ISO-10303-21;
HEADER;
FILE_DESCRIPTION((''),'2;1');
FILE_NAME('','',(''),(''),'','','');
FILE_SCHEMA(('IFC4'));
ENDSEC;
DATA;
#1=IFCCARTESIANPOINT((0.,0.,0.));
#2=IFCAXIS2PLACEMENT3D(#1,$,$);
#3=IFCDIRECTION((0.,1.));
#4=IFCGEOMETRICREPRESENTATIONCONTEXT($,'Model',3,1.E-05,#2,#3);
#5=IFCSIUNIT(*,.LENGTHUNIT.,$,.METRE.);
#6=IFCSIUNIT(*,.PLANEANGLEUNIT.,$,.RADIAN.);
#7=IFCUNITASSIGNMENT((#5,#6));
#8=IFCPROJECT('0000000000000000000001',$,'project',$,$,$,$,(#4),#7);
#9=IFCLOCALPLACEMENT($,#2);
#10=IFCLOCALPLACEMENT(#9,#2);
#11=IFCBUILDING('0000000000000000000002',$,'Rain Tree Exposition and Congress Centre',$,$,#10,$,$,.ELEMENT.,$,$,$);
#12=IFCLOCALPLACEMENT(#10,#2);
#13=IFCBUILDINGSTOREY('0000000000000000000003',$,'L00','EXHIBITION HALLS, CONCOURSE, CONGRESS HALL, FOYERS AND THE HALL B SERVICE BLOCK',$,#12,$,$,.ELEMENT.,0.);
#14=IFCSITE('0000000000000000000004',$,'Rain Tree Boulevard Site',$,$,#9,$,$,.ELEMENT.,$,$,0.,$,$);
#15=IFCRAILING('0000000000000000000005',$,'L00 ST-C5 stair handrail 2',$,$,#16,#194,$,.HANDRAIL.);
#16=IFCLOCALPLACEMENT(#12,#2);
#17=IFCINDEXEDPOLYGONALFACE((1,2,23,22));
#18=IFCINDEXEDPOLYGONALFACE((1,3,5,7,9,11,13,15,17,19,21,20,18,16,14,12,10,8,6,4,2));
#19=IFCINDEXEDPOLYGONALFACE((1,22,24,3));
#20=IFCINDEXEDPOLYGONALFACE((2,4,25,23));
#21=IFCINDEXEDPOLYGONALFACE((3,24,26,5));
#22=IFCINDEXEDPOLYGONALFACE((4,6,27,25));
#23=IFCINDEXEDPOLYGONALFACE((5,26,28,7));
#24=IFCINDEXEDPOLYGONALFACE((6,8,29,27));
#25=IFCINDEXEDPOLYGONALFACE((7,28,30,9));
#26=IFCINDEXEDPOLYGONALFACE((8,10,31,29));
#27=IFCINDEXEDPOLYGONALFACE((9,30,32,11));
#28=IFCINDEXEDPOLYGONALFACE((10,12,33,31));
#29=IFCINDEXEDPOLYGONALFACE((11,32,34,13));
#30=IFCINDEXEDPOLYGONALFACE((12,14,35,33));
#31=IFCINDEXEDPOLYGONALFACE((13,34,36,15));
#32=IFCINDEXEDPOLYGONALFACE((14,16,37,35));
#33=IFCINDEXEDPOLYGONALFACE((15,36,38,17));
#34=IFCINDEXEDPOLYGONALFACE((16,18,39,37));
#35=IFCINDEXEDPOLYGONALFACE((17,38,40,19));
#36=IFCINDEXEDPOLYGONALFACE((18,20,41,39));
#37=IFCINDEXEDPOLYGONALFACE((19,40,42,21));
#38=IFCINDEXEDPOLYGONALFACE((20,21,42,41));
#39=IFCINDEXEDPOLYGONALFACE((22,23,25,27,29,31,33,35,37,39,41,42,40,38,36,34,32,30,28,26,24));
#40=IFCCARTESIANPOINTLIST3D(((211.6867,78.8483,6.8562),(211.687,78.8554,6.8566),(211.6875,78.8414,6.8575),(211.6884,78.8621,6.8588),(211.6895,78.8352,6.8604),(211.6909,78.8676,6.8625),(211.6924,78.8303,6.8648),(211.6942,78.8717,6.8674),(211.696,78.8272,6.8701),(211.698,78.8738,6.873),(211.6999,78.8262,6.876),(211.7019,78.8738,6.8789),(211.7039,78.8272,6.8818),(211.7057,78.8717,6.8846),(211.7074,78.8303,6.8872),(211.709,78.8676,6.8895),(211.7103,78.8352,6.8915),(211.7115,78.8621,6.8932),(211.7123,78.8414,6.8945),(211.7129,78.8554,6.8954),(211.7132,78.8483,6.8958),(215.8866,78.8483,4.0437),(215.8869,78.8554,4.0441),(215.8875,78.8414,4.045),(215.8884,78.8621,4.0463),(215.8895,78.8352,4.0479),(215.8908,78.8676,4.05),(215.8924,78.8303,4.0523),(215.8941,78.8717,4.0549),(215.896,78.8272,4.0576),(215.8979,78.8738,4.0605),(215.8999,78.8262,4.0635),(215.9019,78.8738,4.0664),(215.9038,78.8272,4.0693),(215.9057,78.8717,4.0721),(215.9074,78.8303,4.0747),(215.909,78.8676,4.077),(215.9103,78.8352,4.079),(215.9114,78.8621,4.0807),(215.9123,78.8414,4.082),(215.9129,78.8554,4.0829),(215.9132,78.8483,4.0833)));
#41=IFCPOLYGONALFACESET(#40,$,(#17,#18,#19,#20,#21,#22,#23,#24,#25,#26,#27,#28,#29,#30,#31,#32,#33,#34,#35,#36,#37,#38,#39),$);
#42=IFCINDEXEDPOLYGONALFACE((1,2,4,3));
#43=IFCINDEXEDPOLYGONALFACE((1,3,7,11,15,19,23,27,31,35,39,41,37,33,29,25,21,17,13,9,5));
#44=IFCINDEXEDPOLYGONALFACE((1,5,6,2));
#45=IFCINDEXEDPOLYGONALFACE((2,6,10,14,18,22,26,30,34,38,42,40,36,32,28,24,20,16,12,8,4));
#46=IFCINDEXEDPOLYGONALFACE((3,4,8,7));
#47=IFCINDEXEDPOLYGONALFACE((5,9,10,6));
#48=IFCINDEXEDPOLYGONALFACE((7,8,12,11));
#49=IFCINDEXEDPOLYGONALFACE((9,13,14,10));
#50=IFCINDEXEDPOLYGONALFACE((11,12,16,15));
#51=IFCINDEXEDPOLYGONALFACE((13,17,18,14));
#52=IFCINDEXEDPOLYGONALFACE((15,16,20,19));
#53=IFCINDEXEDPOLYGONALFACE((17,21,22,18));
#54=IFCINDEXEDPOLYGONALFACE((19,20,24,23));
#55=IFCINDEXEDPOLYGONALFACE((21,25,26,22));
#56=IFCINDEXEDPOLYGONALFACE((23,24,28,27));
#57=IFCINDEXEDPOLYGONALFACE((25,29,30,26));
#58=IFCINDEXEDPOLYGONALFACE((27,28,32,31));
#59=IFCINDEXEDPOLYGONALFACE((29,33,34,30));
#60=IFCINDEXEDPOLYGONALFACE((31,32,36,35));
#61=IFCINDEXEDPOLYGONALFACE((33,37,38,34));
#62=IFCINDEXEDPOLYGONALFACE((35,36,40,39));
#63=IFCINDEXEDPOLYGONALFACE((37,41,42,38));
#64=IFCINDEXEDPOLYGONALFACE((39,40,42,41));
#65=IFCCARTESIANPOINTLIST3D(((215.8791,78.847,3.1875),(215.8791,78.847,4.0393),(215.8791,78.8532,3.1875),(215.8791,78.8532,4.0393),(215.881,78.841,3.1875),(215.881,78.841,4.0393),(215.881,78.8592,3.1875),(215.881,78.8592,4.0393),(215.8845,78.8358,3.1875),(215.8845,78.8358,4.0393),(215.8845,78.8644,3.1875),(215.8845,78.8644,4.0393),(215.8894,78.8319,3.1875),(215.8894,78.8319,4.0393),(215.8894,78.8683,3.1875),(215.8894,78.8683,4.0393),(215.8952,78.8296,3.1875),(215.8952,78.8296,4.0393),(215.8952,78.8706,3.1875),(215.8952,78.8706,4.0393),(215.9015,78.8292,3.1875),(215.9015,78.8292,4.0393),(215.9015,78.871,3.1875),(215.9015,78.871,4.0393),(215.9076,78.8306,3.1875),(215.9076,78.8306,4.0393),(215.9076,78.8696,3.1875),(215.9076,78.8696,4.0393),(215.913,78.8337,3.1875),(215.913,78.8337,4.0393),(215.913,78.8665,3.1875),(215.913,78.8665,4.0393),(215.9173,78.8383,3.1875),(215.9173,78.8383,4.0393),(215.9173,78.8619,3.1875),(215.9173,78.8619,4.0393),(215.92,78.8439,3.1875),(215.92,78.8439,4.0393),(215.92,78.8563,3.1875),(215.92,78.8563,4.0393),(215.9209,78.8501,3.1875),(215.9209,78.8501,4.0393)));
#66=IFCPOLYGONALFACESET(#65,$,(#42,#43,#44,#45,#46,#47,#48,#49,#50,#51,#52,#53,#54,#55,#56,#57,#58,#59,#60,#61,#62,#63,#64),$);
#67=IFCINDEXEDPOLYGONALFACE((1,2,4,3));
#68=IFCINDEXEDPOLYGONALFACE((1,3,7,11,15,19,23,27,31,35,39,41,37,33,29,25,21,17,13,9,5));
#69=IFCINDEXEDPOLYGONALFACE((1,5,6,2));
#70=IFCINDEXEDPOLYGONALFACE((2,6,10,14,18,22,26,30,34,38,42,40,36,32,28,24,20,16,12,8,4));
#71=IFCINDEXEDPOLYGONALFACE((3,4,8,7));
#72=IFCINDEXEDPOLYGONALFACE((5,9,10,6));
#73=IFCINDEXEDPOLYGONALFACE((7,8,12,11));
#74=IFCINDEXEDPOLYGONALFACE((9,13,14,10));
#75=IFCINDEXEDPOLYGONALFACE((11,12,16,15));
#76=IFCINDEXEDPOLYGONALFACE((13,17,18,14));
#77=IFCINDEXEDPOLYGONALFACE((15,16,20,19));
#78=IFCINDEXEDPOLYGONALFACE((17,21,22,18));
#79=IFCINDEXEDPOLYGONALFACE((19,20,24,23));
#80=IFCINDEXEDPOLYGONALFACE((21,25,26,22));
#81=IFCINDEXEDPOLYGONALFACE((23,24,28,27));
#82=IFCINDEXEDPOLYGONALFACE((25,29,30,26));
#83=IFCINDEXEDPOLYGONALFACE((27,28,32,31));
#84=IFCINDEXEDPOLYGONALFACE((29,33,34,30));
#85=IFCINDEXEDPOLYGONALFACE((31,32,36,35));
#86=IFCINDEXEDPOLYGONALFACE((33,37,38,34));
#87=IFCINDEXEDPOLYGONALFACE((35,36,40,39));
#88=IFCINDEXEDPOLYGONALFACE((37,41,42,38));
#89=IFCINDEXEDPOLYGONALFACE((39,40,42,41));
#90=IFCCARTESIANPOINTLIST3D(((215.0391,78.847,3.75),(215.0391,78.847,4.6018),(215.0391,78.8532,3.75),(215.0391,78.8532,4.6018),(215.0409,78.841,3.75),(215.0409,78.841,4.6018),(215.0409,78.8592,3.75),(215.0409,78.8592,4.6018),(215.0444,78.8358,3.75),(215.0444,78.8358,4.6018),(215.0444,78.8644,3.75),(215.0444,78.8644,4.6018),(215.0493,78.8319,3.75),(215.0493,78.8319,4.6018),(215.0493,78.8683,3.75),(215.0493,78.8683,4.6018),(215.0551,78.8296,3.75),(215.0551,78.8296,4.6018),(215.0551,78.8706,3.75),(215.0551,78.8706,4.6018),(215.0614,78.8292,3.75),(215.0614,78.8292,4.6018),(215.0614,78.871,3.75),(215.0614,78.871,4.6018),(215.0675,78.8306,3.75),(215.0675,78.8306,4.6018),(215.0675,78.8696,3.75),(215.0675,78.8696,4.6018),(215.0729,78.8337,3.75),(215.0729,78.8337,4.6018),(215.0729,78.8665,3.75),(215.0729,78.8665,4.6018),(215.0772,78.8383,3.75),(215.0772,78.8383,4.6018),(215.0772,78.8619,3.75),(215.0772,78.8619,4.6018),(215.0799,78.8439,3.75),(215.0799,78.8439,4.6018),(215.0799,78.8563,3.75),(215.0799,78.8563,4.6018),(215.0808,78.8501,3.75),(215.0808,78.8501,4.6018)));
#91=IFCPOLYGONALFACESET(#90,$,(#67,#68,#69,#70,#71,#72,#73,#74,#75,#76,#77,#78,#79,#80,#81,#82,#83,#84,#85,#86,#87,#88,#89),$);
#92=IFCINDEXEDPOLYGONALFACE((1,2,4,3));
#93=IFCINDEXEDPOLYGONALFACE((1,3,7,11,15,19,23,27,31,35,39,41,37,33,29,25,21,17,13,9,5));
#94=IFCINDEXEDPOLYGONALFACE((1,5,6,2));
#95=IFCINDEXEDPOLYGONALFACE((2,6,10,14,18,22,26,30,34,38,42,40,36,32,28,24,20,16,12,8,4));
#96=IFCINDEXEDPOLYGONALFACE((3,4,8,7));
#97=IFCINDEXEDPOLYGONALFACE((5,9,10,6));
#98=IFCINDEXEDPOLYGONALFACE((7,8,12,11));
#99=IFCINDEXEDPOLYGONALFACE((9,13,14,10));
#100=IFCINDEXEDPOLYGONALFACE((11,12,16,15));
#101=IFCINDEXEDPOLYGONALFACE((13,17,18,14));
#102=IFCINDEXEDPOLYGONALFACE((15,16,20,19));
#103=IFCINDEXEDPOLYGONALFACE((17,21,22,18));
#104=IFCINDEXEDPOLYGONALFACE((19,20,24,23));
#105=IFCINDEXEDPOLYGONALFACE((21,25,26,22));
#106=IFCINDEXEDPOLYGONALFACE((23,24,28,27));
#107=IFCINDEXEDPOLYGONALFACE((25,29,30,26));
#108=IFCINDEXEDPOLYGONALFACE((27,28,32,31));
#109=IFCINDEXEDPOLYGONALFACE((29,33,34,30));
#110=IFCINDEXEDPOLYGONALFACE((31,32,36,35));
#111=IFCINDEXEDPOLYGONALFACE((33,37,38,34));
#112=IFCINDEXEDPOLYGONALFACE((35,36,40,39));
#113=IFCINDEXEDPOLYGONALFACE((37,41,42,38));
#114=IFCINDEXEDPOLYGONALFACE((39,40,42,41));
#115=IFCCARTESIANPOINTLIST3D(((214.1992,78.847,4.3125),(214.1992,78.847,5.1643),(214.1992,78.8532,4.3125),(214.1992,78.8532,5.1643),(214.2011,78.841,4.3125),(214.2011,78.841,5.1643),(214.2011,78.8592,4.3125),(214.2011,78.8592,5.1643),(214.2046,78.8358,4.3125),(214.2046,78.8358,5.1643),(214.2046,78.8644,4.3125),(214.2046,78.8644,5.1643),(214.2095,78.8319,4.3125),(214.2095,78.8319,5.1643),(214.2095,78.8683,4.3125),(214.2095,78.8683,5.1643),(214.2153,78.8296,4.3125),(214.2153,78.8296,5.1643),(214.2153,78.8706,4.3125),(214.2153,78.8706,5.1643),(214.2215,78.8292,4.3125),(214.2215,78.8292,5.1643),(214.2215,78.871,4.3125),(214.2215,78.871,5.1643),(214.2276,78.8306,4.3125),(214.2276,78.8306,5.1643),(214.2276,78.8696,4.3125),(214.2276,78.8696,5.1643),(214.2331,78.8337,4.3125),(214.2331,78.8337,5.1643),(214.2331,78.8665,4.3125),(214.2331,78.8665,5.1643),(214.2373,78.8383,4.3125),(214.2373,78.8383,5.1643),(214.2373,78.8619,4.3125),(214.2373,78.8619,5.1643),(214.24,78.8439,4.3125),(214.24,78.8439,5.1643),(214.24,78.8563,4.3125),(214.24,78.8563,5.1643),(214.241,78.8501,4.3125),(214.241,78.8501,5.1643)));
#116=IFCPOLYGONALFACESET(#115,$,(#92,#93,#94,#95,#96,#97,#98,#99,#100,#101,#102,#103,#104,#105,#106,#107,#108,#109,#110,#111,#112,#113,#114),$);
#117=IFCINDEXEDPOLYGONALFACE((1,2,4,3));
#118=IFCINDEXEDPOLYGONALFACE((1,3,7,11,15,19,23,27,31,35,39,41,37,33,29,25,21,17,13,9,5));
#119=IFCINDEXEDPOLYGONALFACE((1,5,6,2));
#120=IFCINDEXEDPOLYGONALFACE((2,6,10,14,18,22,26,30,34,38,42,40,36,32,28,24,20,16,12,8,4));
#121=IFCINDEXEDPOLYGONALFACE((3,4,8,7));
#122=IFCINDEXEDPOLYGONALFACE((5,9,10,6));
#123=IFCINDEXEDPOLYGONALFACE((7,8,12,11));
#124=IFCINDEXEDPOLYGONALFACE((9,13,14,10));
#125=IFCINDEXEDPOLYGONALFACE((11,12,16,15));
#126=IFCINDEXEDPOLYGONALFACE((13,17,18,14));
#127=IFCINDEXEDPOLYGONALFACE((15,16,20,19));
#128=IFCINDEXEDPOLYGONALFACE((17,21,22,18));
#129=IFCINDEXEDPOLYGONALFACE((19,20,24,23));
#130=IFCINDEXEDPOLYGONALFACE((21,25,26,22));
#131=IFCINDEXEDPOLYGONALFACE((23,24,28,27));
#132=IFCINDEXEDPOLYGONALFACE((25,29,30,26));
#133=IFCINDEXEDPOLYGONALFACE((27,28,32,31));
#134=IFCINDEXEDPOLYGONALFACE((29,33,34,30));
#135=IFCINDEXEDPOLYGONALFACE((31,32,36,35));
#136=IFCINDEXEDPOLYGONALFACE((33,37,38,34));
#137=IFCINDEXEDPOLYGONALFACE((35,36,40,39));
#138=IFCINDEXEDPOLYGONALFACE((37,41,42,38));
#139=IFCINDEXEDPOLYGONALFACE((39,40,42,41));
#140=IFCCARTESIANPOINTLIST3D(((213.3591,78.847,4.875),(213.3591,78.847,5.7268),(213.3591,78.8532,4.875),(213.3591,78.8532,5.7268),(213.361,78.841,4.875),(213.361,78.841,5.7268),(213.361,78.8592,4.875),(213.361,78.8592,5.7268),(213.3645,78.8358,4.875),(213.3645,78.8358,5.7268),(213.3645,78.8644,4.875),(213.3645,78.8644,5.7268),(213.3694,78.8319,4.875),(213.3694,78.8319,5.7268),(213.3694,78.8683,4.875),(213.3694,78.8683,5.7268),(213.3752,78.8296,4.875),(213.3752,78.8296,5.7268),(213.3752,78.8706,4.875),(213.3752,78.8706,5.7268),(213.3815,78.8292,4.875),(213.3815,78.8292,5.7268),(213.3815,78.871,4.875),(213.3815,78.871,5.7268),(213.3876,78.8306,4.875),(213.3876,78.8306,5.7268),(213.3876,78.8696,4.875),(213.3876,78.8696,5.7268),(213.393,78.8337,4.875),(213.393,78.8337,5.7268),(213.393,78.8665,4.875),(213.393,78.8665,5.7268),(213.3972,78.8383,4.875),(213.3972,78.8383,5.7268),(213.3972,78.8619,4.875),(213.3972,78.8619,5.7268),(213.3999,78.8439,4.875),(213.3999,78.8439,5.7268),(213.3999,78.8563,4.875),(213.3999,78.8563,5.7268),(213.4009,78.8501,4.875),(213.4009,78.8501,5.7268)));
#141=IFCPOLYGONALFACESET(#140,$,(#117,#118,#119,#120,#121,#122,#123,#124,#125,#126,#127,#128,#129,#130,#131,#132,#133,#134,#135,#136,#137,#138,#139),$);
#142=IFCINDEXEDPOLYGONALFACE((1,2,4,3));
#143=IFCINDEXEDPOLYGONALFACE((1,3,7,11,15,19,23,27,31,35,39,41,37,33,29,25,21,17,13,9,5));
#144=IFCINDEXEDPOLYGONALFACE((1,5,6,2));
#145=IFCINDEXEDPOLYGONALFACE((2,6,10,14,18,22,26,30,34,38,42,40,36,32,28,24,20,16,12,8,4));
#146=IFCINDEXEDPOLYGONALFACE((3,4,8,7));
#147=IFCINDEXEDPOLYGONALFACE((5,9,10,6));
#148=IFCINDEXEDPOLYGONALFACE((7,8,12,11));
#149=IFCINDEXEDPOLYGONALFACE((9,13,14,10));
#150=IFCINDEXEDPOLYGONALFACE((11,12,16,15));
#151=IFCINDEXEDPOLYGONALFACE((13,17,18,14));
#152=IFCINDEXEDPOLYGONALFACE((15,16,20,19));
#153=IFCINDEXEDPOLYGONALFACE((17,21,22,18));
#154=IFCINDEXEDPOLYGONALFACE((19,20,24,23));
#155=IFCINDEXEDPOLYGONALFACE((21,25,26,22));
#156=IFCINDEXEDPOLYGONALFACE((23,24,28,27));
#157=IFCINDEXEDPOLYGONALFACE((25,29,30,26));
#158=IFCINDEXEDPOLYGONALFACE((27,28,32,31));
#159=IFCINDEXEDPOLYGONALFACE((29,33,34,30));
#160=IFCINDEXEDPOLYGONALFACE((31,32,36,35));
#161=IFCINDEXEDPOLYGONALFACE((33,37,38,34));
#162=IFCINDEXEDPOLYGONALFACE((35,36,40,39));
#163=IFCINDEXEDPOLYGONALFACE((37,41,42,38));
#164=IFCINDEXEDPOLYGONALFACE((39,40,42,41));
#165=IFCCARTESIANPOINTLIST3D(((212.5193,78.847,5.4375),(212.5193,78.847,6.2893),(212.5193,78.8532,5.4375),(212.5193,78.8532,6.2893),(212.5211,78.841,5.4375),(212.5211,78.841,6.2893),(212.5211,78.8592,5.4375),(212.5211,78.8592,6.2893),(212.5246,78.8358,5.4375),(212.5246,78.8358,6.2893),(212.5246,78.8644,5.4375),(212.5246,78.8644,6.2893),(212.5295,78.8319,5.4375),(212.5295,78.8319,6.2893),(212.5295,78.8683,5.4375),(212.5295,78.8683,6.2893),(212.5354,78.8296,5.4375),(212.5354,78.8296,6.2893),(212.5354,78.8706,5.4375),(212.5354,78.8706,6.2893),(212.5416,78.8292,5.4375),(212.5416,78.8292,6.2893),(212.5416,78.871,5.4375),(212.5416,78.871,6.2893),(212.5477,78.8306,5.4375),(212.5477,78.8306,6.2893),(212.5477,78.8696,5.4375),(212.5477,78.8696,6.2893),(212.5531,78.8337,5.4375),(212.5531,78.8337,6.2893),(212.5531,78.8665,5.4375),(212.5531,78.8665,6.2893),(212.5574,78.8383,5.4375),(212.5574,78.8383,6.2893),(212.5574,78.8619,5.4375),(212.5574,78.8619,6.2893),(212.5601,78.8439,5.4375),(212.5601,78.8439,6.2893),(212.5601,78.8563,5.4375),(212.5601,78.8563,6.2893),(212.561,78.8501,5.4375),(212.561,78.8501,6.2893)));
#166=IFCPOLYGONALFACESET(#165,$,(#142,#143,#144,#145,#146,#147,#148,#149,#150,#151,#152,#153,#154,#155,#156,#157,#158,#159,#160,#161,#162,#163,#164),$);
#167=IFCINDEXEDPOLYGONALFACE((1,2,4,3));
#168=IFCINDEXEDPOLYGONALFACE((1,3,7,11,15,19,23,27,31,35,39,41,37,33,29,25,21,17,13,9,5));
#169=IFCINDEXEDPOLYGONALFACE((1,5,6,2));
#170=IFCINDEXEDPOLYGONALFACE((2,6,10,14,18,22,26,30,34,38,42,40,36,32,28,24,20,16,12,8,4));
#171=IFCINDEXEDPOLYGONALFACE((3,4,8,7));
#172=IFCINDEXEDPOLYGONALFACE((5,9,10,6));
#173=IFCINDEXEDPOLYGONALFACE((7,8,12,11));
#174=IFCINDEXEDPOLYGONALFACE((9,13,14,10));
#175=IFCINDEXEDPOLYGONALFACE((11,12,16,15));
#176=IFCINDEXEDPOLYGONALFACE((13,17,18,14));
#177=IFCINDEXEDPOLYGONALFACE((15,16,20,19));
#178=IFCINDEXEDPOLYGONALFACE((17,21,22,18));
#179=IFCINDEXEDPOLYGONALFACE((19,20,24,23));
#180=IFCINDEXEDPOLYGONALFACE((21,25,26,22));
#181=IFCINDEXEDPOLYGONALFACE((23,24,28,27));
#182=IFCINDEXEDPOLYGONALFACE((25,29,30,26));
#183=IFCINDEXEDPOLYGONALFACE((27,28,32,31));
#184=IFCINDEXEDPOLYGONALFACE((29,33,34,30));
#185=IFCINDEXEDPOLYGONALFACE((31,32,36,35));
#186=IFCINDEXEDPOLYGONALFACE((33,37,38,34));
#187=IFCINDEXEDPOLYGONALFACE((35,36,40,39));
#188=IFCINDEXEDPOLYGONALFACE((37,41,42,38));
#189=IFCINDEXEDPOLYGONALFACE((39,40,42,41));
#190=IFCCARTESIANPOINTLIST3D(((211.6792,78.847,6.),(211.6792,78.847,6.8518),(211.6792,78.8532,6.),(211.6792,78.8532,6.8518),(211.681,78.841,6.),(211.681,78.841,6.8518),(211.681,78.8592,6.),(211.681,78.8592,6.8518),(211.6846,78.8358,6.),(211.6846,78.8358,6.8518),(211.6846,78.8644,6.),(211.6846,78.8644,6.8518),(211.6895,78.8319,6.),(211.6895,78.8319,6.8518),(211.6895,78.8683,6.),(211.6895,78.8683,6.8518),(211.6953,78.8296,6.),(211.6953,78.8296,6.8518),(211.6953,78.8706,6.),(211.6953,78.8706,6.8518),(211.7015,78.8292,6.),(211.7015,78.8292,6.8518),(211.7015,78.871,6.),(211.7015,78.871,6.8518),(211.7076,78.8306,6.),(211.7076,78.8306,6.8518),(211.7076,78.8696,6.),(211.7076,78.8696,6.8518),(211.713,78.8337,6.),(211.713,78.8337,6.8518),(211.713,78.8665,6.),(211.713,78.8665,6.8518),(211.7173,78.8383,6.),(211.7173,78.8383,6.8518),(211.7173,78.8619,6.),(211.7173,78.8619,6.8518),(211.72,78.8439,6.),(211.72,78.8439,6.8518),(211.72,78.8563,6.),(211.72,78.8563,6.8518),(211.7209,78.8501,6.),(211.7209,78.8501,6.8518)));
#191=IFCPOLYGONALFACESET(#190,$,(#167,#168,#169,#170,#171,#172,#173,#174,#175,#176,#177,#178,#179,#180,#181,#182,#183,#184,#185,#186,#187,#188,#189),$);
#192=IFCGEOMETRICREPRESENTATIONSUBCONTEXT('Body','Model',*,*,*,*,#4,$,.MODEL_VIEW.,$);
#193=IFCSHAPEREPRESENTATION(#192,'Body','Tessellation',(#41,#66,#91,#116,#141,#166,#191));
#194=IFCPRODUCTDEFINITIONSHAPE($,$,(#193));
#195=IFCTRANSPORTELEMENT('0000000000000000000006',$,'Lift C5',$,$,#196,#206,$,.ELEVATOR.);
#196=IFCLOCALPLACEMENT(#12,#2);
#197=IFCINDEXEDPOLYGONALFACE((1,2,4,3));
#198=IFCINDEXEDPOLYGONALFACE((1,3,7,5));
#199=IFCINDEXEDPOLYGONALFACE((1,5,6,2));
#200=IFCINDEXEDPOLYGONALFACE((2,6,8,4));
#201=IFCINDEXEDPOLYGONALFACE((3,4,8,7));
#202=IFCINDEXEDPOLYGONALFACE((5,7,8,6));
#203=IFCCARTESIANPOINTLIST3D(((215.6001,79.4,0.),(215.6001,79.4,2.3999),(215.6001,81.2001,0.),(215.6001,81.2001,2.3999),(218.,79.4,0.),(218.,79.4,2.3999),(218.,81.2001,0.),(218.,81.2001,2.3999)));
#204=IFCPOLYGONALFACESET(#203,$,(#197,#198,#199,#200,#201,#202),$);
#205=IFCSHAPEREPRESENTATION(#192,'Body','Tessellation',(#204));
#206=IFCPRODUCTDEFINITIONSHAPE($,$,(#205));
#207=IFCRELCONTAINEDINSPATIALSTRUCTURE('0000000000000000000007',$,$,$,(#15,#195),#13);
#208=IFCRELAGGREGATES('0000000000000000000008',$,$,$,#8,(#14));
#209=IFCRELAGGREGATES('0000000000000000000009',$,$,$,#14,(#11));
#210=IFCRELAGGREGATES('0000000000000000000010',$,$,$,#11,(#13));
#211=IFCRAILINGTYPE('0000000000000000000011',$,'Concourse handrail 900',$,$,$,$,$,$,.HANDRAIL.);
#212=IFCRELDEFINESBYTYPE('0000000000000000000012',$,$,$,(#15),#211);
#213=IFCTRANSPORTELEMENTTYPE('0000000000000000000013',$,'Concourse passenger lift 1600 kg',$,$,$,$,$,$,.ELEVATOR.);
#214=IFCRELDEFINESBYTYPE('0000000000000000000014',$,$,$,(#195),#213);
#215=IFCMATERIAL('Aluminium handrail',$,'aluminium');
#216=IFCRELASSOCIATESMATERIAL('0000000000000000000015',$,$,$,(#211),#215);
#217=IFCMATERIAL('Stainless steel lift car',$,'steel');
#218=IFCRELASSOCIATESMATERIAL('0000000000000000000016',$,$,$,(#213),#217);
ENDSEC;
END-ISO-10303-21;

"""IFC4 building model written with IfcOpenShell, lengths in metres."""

from ifc_helpers import new_model, si_unit, direction, frame, origin, origin_2d, place, context, subcontext, project, spatial, rectangle, circle, extrude, material, type_object, element, save


model = new_model("IFC4")

# Units and contexts
model_context = context("Model", 3, precision=1e-05, world=origin(), true_north=direction((0.0, 1.0)))
body_context = subcontext(model_context, "Body", "Model", "MODEL_VIEW")
ifc_project = project(units=[si_unit("LENGTHUNIT", "METRE"), si_unit("PLANEANGLEUNIT", "RADIAN")], contexts=[model_context])

# Site, building, storey
site_placement = place(None, origin())
site = spatial("IfcSite", under=ifc_project, at=site_placement, Name="Rain Tree Boulevard Site", CompositionType="ELEMENT", RefElevation=0.0)
building_placement = place(site_placement, origin())
building = spatial("IfcBuilding", under=site, at=building_placement, Name="Rain Tree Exposition and Congress Centre", CompositionType="ELEMENT")
storey_placement = place(building_placement, origin())
storey = spatial("IfcBuildingStorey", under=building, at=storey_placement, Name="L00", Description="EXHIBITION HALLS, CONCOURSE, CONGRESS HALL, FOYERS AND THE HALL B SERVICE BLOCK", CompositionType="ELEMENT", Elevation=0.0)

# Railing
ifc_material_1 = material(Name="Aluminium handrail", Category="aluminium")
railing_type_1 = type_object("IfcRailingType", Name="Concourse handrail 900", PredefinedType="HANDRAIL", material=ifc_material_1)
railing_1_placement = place(storey_placement, frame((215.8999, 78.8501, 3.1875)))
element("IfcRailing", 1, at=railing_1_placement, inside=storey, type_object=railing_type_1, Name="L00 ST-C5 stair handrail 2", PredefinedType="HANDRAIL", context=body_context, shape_type="SweptSolid", body=[
    extrude(circle(Radius=0.0239, at=origin_2d()), frame((0.0, 0.0, 0.876), z_axis=(-0.830904, 0.0, 0.556416), x_axis=(0.0, -1.0, 0.0)), (0.0, 0.0, 1.0), 5.0547),
    extrude(circle(Radius=0.021, at=origin_2d()), origin(), (0.0, 0.0, 1.0), 0.8518),
    extrude(circle(Radius=0.021, at=origin_2d()), frame((-0.8401, 0.0, 0.5625)), (0.0, 0.0, 1.0), 0.8518),
    extrude(circle(Radius=0.021, at=origin_2d()), frame((-1.6799, 0.0, 1.125)), (0.0, 0.0, 1.0), 0.8518),
    extrude(circle(Radius=0.021, at=origin_2d()), frame((-2.52, 0.0, 1.6875)), (0.0, 0.0, 1.0), 0.8518),
    extrude(circle(Radius=0.021, at=origin_2d()), frame((-3.3599, 0.0, 2.25)), (0.0, 0.0, 1.0), 0.8518),
    extrude(circle(Radius=0.021, at=origin_2d()), frame((-4.2, 0.0, 2.8125)), (0.0, 0.0, 1.0), 0.8518),
])

# Transport element
ifc_material_2 = material(Name="Stainless steel lift car", Category="steel")
transport_element_type = type_object("IfcTransportElementType", Name="Concourse passenger lift 1600 kg", PredefinedType="ELEVATOR", material=ifc_material_2)
transport_element_placement = place(storey_placement, frame((216.8, 80.3, 0.0), z_axis=(0.0, 0.0, 1.0), x_axis=(1.0, 0.0, 0.0)))
element("IfcTransportElement", 2, at=transport_element_placement, inside=storey, type_object=transport_element_type, Name="Lift C5", PredefinedType="ELEVATOR", context=body_context, shape_type="SweptSolid", body=[
    extrude(rectangle(XDim=2.3999, YDim=1.8, at=origin_2d()), origin(), (0.0, 0.0, 1.0), 2.3999),
])

save(model, "model.ifc")
